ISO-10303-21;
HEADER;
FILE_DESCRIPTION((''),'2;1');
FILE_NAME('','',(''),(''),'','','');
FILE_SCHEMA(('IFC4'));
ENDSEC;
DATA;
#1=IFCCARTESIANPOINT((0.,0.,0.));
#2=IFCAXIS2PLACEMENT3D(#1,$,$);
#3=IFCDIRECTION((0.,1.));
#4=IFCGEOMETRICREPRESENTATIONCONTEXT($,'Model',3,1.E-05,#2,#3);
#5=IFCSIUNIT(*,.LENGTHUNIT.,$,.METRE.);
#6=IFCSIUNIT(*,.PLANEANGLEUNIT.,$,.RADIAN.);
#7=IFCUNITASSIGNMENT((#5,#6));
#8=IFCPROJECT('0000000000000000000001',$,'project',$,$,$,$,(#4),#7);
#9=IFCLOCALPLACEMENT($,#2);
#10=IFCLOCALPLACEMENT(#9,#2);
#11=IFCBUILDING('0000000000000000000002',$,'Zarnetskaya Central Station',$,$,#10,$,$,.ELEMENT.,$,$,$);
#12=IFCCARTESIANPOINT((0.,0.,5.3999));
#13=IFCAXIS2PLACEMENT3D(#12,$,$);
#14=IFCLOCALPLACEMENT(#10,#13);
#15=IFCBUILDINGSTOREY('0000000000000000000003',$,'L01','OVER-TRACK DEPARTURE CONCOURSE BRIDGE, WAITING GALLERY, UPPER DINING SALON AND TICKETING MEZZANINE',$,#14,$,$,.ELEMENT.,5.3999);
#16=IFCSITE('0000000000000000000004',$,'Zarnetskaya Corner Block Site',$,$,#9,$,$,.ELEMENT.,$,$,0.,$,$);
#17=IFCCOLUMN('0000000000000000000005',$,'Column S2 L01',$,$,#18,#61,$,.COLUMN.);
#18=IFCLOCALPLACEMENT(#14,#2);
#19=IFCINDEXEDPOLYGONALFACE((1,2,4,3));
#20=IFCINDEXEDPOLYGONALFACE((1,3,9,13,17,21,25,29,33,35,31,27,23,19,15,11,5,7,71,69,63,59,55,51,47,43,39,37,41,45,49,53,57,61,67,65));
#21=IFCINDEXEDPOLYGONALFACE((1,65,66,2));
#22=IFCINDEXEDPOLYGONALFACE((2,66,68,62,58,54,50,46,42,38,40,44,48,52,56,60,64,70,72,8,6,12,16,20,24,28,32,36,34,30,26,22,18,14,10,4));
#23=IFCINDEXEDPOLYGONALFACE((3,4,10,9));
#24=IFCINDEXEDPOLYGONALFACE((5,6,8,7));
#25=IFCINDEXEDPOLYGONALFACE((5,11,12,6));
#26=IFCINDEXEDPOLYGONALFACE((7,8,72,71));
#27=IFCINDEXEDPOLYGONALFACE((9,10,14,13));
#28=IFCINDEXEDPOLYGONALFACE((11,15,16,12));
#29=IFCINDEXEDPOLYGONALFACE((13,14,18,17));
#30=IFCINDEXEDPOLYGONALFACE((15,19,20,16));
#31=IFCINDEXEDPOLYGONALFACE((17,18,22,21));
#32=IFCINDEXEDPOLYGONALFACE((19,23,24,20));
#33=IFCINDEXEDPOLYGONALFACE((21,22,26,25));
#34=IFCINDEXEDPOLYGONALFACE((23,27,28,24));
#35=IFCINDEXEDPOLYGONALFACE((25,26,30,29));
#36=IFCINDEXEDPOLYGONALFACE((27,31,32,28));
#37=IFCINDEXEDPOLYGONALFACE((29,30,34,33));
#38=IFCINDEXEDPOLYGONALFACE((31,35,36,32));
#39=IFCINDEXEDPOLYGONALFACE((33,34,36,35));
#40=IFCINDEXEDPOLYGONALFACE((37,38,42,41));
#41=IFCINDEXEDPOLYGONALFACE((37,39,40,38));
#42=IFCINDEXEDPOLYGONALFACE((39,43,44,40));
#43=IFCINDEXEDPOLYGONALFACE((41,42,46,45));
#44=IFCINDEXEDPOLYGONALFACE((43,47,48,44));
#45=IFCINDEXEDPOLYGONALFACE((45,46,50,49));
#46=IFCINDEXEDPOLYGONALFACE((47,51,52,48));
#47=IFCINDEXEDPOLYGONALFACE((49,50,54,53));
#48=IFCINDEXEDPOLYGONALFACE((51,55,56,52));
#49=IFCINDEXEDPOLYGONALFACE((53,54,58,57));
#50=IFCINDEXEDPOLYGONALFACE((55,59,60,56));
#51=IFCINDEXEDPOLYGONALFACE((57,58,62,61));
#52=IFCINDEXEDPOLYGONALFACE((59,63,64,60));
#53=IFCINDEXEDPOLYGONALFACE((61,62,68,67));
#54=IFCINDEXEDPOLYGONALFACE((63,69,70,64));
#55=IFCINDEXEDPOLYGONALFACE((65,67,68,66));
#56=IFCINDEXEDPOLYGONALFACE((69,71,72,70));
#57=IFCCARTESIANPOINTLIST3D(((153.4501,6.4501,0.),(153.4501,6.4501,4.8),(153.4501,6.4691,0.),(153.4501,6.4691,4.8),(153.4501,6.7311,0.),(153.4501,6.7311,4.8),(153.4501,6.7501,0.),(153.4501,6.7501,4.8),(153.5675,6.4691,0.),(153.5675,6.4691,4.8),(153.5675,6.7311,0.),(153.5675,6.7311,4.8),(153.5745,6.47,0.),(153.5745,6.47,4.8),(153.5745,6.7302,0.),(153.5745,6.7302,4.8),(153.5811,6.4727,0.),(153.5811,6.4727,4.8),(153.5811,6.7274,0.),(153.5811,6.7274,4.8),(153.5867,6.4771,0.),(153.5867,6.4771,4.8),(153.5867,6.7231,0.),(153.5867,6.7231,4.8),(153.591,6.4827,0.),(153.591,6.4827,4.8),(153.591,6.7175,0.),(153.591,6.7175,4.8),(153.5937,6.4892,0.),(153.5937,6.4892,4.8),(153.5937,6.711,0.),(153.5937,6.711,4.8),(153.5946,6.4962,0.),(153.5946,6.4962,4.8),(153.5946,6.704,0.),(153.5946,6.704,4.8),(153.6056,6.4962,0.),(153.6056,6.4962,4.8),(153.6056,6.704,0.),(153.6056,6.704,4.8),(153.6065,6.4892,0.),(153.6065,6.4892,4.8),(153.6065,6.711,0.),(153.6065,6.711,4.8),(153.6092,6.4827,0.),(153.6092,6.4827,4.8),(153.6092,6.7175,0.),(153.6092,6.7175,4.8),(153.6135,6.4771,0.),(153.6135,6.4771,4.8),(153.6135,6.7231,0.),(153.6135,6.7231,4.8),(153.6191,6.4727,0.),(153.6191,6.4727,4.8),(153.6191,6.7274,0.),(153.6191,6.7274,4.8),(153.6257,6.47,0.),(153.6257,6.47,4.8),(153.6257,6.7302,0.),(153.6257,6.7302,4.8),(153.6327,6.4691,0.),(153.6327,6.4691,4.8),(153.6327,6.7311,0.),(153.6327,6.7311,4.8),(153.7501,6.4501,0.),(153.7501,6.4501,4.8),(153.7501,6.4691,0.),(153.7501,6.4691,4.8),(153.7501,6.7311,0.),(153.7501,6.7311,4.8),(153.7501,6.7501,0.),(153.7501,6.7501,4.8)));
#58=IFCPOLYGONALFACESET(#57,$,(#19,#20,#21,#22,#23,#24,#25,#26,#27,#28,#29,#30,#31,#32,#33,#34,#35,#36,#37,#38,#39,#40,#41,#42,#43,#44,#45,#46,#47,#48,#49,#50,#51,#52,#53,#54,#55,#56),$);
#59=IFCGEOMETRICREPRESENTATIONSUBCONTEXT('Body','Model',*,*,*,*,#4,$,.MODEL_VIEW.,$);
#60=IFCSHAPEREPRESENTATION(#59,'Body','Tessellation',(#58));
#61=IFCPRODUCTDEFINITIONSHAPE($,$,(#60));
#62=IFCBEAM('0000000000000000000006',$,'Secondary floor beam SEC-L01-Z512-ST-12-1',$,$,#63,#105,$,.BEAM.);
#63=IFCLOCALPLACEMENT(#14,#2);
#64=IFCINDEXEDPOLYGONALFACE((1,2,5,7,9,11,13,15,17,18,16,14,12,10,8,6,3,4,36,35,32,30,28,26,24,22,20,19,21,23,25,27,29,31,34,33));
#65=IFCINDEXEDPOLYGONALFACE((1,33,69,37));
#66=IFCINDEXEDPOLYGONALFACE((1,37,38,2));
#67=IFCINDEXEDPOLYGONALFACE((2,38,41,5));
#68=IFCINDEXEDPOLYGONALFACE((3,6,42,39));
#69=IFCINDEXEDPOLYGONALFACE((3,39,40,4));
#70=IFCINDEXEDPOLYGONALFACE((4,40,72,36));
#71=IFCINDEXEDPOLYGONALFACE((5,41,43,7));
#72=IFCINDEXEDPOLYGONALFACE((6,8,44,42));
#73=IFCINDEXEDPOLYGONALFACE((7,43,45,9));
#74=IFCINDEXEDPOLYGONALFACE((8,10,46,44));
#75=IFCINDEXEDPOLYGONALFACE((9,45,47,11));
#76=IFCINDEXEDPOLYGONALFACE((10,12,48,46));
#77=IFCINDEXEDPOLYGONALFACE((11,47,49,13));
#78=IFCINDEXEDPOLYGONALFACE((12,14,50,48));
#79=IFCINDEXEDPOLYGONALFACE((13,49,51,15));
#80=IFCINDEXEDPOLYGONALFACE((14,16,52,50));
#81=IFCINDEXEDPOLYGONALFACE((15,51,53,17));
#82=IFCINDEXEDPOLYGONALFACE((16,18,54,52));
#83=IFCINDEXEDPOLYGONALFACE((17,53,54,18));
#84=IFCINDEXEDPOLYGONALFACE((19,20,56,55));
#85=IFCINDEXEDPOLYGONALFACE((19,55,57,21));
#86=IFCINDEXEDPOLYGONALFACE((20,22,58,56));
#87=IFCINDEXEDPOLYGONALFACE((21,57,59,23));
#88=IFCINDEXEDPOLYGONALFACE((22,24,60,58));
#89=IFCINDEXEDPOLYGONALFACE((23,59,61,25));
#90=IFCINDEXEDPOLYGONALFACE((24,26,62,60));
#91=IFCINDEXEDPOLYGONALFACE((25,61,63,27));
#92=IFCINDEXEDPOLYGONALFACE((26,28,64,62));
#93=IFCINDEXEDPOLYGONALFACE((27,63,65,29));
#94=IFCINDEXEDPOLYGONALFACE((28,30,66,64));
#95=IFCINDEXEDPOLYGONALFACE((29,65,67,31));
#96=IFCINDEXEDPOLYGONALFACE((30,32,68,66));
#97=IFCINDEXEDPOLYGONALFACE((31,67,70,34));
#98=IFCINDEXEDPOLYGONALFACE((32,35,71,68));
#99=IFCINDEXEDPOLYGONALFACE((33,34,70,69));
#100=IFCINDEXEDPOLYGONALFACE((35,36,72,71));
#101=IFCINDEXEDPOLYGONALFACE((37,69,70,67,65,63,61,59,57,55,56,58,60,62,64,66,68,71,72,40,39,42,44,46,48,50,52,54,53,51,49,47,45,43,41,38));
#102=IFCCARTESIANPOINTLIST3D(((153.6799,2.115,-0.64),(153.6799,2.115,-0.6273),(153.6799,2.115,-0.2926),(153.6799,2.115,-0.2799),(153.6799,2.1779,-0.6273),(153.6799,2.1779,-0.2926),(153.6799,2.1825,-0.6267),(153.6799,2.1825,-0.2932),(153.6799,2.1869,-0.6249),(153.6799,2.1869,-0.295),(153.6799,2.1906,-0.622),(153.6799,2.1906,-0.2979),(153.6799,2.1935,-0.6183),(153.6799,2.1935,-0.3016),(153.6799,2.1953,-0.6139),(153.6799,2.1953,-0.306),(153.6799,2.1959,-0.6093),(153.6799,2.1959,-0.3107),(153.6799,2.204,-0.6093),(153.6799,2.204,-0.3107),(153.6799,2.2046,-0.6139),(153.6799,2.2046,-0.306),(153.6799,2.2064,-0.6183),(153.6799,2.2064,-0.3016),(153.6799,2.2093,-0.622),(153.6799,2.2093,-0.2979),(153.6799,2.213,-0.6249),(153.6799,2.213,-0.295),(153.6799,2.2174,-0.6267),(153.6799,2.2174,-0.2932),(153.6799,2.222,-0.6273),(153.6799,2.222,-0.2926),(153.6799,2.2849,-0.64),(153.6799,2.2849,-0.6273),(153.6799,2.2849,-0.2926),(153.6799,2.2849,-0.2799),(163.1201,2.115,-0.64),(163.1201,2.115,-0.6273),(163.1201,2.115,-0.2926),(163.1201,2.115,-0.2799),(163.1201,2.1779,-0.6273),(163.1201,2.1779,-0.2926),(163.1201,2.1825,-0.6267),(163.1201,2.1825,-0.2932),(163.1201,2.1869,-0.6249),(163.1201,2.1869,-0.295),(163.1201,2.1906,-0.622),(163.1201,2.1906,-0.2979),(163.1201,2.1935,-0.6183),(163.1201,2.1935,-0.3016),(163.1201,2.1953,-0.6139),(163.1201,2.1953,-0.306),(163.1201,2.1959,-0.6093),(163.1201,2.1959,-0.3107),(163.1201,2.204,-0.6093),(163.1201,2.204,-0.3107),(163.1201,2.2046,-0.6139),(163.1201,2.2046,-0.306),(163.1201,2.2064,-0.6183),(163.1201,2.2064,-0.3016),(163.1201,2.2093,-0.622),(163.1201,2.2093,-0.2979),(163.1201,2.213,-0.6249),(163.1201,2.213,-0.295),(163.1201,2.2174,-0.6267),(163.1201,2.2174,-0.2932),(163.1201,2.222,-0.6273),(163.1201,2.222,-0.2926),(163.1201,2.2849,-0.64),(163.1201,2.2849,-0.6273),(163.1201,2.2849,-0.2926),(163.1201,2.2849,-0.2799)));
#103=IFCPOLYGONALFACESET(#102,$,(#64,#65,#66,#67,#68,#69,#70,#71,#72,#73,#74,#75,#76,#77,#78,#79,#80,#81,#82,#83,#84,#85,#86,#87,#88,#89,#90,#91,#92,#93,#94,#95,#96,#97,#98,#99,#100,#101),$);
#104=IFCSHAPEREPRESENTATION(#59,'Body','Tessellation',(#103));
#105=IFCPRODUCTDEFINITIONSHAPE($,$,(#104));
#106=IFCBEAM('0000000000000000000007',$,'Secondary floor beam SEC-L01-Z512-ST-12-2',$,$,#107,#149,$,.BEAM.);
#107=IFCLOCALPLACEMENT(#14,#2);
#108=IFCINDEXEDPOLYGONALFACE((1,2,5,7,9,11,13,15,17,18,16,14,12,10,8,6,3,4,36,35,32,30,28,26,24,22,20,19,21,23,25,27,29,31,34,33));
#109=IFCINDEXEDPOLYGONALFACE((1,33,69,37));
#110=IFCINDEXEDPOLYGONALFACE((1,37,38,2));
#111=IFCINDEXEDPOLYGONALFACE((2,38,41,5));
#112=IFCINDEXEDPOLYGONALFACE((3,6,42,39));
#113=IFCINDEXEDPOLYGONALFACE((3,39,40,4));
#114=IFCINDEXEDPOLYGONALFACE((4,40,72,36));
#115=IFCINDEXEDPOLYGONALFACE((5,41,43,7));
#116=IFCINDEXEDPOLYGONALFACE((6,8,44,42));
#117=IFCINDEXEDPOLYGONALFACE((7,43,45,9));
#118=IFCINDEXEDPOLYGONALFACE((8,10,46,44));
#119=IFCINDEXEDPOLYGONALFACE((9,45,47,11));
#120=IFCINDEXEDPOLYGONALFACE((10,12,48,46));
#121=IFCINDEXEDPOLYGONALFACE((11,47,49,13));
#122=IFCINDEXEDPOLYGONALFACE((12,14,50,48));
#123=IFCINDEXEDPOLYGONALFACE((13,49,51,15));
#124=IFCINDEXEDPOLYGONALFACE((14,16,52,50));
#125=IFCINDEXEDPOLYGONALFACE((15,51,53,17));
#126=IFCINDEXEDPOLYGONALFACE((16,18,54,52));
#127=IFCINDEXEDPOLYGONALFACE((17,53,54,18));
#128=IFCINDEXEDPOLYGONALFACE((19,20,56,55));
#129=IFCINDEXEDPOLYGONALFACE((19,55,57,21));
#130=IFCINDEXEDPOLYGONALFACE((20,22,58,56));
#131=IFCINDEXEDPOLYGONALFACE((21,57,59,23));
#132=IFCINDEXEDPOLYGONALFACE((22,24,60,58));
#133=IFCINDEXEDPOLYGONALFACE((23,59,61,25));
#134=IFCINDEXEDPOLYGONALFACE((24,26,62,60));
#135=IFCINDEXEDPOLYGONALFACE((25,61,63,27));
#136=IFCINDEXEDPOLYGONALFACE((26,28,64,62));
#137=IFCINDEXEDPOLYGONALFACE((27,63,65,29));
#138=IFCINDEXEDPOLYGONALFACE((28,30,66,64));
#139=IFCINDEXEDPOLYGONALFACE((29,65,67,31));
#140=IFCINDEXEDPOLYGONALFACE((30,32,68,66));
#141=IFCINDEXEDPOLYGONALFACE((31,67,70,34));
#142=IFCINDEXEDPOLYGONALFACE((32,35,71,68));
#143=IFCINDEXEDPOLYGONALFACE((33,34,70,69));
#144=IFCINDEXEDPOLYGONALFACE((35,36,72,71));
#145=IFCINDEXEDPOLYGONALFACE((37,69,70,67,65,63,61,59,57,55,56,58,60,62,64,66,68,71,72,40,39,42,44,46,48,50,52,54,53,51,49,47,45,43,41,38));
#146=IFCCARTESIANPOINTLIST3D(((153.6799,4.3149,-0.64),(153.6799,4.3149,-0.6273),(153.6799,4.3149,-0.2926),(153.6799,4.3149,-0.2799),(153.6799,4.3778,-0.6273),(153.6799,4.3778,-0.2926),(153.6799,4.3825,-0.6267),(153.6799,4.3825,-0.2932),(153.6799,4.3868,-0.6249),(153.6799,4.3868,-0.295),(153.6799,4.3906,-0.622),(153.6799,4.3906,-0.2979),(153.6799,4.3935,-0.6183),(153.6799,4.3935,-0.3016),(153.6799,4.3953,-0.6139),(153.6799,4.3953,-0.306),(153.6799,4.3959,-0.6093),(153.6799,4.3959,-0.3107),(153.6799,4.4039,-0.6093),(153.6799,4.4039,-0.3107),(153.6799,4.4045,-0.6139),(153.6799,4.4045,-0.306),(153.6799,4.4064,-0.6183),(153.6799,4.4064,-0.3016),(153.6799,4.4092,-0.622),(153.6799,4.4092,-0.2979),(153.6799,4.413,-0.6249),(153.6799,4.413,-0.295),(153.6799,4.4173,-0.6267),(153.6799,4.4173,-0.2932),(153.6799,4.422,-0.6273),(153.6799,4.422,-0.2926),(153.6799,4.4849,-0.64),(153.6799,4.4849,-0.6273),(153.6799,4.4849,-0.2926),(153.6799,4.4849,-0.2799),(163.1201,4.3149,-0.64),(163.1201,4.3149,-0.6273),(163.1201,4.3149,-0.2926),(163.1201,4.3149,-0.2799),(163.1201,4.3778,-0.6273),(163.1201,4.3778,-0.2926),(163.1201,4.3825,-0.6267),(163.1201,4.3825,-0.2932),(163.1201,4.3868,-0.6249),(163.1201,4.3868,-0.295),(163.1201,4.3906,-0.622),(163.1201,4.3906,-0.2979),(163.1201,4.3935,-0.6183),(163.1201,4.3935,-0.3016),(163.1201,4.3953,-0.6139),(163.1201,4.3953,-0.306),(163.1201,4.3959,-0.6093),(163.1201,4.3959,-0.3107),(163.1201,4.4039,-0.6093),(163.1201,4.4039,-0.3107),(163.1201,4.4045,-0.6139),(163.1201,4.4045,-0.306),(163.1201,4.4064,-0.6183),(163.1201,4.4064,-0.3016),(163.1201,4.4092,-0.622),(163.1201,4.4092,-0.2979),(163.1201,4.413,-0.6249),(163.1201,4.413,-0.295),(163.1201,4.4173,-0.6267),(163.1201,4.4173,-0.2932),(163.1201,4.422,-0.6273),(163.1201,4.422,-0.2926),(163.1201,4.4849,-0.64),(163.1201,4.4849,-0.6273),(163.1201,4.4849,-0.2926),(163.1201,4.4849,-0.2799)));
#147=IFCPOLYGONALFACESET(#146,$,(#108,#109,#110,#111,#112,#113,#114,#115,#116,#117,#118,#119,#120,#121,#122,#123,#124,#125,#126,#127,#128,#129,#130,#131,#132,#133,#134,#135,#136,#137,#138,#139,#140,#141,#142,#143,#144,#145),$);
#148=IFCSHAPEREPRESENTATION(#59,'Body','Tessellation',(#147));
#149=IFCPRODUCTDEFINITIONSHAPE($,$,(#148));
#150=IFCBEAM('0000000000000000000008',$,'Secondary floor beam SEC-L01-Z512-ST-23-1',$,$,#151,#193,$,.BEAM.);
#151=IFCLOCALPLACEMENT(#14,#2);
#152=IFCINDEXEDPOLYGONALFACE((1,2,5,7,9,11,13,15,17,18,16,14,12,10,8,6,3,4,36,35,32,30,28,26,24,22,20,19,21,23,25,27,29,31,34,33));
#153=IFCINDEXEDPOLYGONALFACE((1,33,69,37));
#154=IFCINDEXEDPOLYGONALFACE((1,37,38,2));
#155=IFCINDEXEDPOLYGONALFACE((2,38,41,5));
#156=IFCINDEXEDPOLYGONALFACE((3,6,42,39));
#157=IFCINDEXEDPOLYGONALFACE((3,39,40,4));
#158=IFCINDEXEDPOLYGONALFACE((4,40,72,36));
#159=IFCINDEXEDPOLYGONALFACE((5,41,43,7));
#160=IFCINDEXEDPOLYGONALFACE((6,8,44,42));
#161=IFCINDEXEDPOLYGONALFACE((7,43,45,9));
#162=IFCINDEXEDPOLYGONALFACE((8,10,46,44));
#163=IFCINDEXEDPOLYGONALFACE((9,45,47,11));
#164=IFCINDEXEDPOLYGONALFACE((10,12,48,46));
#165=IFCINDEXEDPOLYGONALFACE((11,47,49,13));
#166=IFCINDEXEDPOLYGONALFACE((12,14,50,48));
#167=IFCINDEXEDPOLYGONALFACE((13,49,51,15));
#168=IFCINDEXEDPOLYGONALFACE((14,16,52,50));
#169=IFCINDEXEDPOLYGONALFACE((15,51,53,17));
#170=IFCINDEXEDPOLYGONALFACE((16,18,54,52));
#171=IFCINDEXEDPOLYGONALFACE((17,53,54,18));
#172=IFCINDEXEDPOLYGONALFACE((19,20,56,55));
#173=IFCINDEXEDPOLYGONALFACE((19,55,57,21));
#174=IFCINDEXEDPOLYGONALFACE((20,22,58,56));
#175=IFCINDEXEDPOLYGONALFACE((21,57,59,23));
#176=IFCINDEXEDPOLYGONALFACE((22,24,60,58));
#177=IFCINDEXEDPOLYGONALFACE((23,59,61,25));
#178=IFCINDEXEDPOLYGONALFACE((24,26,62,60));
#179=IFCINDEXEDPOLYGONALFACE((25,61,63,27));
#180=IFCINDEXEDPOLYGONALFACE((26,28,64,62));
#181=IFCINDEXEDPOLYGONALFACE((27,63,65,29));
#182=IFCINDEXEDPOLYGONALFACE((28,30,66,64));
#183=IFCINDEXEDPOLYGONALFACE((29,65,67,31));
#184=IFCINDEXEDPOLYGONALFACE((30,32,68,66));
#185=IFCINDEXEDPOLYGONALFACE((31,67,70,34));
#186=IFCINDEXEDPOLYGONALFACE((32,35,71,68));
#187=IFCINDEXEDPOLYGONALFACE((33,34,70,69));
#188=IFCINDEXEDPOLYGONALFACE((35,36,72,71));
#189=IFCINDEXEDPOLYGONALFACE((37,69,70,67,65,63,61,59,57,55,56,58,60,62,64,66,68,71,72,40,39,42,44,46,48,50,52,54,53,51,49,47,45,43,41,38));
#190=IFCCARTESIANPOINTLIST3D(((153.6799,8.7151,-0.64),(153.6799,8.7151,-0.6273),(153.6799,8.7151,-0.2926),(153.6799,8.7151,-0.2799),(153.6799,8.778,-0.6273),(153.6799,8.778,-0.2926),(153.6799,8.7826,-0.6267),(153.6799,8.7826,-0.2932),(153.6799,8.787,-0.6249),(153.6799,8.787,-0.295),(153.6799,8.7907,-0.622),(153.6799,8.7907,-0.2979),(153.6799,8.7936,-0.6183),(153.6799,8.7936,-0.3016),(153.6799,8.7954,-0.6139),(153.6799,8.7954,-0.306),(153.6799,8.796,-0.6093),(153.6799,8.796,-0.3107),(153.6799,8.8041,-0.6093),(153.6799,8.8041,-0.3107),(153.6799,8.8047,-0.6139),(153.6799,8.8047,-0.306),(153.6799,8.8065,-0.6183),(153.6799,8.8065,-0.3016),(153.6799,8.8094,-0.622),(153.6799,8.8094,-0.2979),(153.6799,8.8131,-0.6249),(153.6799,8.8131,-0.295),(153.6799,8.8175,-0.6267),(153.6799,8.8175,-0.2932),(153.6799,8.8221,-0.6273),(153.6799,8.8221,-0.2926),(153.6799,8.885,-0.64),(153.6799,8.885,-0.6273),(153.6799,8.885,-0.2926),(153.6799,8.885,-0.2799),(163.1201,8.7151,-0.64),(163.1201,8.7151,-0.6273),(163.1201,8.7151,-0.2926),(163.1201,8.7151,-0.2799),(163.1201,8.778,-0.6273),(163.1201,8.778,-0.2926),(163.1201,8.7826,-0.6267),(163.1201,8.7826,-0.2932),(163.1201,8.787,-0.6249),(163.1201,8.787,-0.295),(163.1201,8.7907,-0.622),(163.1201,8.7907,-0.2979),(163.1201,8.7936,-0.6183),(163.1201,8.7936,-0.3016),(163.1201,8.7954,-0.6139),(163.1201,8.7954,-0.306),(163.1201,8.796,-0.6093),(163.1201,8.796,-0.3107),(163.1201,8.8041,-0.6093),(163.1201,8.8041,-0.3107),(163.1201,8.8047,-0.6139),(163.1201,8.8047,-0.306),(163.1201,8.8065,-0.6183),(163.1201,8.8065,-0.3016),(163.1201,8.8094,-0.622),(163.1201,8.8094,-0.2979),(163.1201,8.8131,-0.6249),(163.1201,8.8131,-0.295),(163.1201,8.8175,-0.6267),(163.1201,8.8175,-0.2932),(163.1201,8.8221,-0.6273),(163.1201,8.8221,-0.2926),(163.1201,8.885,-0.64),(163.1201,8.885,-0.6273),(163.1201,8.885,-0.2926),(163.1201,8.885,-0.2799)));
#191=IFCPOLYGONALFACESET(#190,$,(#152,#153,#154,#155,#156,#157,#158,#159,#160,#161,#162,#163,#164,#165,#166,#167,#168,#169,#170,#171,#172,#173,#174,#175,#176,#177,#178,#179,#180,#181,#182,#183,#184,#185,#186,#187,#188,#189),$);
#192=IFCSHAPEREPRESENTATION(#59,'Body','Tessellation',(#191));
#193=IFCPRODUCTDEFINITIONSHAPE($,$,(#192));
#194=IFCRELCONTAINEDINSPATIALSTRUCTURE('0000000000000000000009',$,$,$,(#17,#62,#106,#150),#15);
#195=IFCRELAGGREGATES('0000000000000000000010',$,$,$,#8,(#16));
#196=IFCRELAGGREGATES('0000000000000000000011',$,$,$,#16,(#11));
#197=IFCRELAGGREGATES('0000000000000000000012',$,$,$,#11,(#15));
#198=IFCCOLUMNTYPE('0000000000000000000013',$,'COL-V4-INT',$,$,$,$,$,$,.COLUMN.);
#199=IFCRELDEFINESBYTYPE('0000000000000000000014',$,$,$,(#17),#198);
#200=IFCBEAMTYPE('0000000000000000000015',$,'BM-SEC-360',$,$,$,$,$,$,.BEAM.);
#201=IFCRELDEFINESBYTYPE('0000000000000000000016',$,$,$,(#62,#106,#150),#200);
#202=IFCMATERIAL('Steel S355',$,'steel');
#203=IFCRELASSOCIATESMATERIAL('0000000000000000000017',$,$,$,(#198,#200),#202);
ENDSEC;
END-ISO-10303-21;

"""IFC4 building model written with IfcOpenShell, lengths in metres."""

from ifc_helpers import new_model, si_unit, direction, frame, origin, origin_2d, place, context, subcontext, project, spatial, i_section, extrude, material, material_profile, profile_set, type_object, element, save


model = new_model("IFC4")

# Units and contexts
model_context = context("Model", 3, precision=1e-05, world=origin(), true_north=direction((0.0, 1.0)))
body_context = subcontext(model_context, "Body", "Model", "MODEL_VIEW")
ifc_project = project(units=[si_unit("LENGTHUNIT", "METRE"), si_unit("PLANEANGLEUNIT", "RADIAN")], contexts=[model_context])

# Site, building, storey
site_placement = place(None, origin())
site = spatial("IfcSite", under=ifc_project, at=site_placement, Name="Zarnetskaya Corner Block Site", CompositionType="ELEMENT", RefElevation=0.0)
building_placement = place(site_placement, origin())
building = spatial("IfcBuilding", under=site, at=building_placement, Name="Zarnetskaya Central Station", CompositionType="ELEMENT")
storey_placement = place(building_placement, frame((0.0, 0.0, 5.3999)))
storey = spatial("IfcBuildingStorey", under=building, at=storey_placement, Name="L01", Description="OVER-TRACK DEPARTURE CONCOURSE BRIDGE, WAITING GALLERY, UPPER DINING SALON AND TICKETING MEZZANINE", CompositionType="ELEMENT", Elevation=5.3999)

# Column
ifc_material_1 = material(Name="Steel S355", Category="steel")
ifc_material_profile_1 = material_profile(ifc_material_1, i_section(OverallWidth=0.3, OverallDepth=0.3, WebThickness=0.011, FlangeThickness=0.019, FilletRadius=0.0271, at=origin_2d()), Name="HEB 300")
ifc_profile_set_1 = profile_set([ifc_material_profile_1], Name="Steel S355")
column_type = type_object("IfcColumnType", Name="COL-V4-INT", PredefinedType="COLUMN", material=ifc_profile_set_1)
column_placement = place(storey_placement, frame((153.6001, 6.6001, 0.0), z_axis=(0.0, 0.0, 1.0), x_axis=(1.0, 0.0, 0.0)))
element("IfcColumn", 1, at=column_placement, inside=storey, type_object=column_type, Name="Column S2 L01", PredefinedType="COLUMN", context=body_context, shape_type="SweptSolid", body=[
    extrude(i_section(OverallWidth=0.3, OverallDepth=0.3, WebThickness=0.011, FlangeThickness=0.019, FilletRadius=0.0271, at=origin_2d()), origin(), (0.0, 0.0, 1.0), 4.8),
])

# Beams
ifc_material_profile_2 = material_profile(ifc_material_1, i_section(OverallWidth=0.1699, OverallDepth=0.3601, WebThickness=0.0081, FlangeThickness=0.0127, FilletRadius=0.0181, at=origin_2d()), Name="IPE 360")
ifc_profile_set_2 = profile_set([ifc_material_profile_2], Name="Steel S355")
beam_type_1 = type_object("IfcBeamType", Name="BM-SEC-360", PredefinedType="BEAM", material=ifc_profile_set_2)
for number, where, z_axis, x_axis, name in (
    (2, (153.6799, 2.2, -0.46), (1.0, 0.0, 0.0), (0.0, 1.0, 0.0), "Secondary floor beam SEC-L01-Z512-ST-12-1"),
    (3, (153.6799, 4.3999, -0.46), (1.0, 0.0, 0.0), (0.0, 1.0, 0.0), "Secondary floor beam SEC-L01-Z512-ST-12-2"),
    (4, (153.6799, 8.8, -0.46), (1.0, 0.0, 0.0), (0.0, 1.0, 0.0), "Secondary floor beam SEC-L01-Z512-ST-23-1"),
):
    element("IfcBeam", number, at=place(storey_placement, frame(where, z_axis=z_axis, x_axis=x_axis)), inside=storey, type_object=beam_type_1, Name=name, PredefinedType="BEAM", context=body_context, shape_type="SweptSolid", body=[
        extrude(i_section(OverallWidth=0.1699, OverallDepth=0.3601, WebThickness=0.0081, FlangeThickness=0.0127, FilletRadius=0.0181, at=origin_2d()), origin(), (0.0, 0.0, 1.0), 9.4402),
    ])

save(model, "model.ifc")
